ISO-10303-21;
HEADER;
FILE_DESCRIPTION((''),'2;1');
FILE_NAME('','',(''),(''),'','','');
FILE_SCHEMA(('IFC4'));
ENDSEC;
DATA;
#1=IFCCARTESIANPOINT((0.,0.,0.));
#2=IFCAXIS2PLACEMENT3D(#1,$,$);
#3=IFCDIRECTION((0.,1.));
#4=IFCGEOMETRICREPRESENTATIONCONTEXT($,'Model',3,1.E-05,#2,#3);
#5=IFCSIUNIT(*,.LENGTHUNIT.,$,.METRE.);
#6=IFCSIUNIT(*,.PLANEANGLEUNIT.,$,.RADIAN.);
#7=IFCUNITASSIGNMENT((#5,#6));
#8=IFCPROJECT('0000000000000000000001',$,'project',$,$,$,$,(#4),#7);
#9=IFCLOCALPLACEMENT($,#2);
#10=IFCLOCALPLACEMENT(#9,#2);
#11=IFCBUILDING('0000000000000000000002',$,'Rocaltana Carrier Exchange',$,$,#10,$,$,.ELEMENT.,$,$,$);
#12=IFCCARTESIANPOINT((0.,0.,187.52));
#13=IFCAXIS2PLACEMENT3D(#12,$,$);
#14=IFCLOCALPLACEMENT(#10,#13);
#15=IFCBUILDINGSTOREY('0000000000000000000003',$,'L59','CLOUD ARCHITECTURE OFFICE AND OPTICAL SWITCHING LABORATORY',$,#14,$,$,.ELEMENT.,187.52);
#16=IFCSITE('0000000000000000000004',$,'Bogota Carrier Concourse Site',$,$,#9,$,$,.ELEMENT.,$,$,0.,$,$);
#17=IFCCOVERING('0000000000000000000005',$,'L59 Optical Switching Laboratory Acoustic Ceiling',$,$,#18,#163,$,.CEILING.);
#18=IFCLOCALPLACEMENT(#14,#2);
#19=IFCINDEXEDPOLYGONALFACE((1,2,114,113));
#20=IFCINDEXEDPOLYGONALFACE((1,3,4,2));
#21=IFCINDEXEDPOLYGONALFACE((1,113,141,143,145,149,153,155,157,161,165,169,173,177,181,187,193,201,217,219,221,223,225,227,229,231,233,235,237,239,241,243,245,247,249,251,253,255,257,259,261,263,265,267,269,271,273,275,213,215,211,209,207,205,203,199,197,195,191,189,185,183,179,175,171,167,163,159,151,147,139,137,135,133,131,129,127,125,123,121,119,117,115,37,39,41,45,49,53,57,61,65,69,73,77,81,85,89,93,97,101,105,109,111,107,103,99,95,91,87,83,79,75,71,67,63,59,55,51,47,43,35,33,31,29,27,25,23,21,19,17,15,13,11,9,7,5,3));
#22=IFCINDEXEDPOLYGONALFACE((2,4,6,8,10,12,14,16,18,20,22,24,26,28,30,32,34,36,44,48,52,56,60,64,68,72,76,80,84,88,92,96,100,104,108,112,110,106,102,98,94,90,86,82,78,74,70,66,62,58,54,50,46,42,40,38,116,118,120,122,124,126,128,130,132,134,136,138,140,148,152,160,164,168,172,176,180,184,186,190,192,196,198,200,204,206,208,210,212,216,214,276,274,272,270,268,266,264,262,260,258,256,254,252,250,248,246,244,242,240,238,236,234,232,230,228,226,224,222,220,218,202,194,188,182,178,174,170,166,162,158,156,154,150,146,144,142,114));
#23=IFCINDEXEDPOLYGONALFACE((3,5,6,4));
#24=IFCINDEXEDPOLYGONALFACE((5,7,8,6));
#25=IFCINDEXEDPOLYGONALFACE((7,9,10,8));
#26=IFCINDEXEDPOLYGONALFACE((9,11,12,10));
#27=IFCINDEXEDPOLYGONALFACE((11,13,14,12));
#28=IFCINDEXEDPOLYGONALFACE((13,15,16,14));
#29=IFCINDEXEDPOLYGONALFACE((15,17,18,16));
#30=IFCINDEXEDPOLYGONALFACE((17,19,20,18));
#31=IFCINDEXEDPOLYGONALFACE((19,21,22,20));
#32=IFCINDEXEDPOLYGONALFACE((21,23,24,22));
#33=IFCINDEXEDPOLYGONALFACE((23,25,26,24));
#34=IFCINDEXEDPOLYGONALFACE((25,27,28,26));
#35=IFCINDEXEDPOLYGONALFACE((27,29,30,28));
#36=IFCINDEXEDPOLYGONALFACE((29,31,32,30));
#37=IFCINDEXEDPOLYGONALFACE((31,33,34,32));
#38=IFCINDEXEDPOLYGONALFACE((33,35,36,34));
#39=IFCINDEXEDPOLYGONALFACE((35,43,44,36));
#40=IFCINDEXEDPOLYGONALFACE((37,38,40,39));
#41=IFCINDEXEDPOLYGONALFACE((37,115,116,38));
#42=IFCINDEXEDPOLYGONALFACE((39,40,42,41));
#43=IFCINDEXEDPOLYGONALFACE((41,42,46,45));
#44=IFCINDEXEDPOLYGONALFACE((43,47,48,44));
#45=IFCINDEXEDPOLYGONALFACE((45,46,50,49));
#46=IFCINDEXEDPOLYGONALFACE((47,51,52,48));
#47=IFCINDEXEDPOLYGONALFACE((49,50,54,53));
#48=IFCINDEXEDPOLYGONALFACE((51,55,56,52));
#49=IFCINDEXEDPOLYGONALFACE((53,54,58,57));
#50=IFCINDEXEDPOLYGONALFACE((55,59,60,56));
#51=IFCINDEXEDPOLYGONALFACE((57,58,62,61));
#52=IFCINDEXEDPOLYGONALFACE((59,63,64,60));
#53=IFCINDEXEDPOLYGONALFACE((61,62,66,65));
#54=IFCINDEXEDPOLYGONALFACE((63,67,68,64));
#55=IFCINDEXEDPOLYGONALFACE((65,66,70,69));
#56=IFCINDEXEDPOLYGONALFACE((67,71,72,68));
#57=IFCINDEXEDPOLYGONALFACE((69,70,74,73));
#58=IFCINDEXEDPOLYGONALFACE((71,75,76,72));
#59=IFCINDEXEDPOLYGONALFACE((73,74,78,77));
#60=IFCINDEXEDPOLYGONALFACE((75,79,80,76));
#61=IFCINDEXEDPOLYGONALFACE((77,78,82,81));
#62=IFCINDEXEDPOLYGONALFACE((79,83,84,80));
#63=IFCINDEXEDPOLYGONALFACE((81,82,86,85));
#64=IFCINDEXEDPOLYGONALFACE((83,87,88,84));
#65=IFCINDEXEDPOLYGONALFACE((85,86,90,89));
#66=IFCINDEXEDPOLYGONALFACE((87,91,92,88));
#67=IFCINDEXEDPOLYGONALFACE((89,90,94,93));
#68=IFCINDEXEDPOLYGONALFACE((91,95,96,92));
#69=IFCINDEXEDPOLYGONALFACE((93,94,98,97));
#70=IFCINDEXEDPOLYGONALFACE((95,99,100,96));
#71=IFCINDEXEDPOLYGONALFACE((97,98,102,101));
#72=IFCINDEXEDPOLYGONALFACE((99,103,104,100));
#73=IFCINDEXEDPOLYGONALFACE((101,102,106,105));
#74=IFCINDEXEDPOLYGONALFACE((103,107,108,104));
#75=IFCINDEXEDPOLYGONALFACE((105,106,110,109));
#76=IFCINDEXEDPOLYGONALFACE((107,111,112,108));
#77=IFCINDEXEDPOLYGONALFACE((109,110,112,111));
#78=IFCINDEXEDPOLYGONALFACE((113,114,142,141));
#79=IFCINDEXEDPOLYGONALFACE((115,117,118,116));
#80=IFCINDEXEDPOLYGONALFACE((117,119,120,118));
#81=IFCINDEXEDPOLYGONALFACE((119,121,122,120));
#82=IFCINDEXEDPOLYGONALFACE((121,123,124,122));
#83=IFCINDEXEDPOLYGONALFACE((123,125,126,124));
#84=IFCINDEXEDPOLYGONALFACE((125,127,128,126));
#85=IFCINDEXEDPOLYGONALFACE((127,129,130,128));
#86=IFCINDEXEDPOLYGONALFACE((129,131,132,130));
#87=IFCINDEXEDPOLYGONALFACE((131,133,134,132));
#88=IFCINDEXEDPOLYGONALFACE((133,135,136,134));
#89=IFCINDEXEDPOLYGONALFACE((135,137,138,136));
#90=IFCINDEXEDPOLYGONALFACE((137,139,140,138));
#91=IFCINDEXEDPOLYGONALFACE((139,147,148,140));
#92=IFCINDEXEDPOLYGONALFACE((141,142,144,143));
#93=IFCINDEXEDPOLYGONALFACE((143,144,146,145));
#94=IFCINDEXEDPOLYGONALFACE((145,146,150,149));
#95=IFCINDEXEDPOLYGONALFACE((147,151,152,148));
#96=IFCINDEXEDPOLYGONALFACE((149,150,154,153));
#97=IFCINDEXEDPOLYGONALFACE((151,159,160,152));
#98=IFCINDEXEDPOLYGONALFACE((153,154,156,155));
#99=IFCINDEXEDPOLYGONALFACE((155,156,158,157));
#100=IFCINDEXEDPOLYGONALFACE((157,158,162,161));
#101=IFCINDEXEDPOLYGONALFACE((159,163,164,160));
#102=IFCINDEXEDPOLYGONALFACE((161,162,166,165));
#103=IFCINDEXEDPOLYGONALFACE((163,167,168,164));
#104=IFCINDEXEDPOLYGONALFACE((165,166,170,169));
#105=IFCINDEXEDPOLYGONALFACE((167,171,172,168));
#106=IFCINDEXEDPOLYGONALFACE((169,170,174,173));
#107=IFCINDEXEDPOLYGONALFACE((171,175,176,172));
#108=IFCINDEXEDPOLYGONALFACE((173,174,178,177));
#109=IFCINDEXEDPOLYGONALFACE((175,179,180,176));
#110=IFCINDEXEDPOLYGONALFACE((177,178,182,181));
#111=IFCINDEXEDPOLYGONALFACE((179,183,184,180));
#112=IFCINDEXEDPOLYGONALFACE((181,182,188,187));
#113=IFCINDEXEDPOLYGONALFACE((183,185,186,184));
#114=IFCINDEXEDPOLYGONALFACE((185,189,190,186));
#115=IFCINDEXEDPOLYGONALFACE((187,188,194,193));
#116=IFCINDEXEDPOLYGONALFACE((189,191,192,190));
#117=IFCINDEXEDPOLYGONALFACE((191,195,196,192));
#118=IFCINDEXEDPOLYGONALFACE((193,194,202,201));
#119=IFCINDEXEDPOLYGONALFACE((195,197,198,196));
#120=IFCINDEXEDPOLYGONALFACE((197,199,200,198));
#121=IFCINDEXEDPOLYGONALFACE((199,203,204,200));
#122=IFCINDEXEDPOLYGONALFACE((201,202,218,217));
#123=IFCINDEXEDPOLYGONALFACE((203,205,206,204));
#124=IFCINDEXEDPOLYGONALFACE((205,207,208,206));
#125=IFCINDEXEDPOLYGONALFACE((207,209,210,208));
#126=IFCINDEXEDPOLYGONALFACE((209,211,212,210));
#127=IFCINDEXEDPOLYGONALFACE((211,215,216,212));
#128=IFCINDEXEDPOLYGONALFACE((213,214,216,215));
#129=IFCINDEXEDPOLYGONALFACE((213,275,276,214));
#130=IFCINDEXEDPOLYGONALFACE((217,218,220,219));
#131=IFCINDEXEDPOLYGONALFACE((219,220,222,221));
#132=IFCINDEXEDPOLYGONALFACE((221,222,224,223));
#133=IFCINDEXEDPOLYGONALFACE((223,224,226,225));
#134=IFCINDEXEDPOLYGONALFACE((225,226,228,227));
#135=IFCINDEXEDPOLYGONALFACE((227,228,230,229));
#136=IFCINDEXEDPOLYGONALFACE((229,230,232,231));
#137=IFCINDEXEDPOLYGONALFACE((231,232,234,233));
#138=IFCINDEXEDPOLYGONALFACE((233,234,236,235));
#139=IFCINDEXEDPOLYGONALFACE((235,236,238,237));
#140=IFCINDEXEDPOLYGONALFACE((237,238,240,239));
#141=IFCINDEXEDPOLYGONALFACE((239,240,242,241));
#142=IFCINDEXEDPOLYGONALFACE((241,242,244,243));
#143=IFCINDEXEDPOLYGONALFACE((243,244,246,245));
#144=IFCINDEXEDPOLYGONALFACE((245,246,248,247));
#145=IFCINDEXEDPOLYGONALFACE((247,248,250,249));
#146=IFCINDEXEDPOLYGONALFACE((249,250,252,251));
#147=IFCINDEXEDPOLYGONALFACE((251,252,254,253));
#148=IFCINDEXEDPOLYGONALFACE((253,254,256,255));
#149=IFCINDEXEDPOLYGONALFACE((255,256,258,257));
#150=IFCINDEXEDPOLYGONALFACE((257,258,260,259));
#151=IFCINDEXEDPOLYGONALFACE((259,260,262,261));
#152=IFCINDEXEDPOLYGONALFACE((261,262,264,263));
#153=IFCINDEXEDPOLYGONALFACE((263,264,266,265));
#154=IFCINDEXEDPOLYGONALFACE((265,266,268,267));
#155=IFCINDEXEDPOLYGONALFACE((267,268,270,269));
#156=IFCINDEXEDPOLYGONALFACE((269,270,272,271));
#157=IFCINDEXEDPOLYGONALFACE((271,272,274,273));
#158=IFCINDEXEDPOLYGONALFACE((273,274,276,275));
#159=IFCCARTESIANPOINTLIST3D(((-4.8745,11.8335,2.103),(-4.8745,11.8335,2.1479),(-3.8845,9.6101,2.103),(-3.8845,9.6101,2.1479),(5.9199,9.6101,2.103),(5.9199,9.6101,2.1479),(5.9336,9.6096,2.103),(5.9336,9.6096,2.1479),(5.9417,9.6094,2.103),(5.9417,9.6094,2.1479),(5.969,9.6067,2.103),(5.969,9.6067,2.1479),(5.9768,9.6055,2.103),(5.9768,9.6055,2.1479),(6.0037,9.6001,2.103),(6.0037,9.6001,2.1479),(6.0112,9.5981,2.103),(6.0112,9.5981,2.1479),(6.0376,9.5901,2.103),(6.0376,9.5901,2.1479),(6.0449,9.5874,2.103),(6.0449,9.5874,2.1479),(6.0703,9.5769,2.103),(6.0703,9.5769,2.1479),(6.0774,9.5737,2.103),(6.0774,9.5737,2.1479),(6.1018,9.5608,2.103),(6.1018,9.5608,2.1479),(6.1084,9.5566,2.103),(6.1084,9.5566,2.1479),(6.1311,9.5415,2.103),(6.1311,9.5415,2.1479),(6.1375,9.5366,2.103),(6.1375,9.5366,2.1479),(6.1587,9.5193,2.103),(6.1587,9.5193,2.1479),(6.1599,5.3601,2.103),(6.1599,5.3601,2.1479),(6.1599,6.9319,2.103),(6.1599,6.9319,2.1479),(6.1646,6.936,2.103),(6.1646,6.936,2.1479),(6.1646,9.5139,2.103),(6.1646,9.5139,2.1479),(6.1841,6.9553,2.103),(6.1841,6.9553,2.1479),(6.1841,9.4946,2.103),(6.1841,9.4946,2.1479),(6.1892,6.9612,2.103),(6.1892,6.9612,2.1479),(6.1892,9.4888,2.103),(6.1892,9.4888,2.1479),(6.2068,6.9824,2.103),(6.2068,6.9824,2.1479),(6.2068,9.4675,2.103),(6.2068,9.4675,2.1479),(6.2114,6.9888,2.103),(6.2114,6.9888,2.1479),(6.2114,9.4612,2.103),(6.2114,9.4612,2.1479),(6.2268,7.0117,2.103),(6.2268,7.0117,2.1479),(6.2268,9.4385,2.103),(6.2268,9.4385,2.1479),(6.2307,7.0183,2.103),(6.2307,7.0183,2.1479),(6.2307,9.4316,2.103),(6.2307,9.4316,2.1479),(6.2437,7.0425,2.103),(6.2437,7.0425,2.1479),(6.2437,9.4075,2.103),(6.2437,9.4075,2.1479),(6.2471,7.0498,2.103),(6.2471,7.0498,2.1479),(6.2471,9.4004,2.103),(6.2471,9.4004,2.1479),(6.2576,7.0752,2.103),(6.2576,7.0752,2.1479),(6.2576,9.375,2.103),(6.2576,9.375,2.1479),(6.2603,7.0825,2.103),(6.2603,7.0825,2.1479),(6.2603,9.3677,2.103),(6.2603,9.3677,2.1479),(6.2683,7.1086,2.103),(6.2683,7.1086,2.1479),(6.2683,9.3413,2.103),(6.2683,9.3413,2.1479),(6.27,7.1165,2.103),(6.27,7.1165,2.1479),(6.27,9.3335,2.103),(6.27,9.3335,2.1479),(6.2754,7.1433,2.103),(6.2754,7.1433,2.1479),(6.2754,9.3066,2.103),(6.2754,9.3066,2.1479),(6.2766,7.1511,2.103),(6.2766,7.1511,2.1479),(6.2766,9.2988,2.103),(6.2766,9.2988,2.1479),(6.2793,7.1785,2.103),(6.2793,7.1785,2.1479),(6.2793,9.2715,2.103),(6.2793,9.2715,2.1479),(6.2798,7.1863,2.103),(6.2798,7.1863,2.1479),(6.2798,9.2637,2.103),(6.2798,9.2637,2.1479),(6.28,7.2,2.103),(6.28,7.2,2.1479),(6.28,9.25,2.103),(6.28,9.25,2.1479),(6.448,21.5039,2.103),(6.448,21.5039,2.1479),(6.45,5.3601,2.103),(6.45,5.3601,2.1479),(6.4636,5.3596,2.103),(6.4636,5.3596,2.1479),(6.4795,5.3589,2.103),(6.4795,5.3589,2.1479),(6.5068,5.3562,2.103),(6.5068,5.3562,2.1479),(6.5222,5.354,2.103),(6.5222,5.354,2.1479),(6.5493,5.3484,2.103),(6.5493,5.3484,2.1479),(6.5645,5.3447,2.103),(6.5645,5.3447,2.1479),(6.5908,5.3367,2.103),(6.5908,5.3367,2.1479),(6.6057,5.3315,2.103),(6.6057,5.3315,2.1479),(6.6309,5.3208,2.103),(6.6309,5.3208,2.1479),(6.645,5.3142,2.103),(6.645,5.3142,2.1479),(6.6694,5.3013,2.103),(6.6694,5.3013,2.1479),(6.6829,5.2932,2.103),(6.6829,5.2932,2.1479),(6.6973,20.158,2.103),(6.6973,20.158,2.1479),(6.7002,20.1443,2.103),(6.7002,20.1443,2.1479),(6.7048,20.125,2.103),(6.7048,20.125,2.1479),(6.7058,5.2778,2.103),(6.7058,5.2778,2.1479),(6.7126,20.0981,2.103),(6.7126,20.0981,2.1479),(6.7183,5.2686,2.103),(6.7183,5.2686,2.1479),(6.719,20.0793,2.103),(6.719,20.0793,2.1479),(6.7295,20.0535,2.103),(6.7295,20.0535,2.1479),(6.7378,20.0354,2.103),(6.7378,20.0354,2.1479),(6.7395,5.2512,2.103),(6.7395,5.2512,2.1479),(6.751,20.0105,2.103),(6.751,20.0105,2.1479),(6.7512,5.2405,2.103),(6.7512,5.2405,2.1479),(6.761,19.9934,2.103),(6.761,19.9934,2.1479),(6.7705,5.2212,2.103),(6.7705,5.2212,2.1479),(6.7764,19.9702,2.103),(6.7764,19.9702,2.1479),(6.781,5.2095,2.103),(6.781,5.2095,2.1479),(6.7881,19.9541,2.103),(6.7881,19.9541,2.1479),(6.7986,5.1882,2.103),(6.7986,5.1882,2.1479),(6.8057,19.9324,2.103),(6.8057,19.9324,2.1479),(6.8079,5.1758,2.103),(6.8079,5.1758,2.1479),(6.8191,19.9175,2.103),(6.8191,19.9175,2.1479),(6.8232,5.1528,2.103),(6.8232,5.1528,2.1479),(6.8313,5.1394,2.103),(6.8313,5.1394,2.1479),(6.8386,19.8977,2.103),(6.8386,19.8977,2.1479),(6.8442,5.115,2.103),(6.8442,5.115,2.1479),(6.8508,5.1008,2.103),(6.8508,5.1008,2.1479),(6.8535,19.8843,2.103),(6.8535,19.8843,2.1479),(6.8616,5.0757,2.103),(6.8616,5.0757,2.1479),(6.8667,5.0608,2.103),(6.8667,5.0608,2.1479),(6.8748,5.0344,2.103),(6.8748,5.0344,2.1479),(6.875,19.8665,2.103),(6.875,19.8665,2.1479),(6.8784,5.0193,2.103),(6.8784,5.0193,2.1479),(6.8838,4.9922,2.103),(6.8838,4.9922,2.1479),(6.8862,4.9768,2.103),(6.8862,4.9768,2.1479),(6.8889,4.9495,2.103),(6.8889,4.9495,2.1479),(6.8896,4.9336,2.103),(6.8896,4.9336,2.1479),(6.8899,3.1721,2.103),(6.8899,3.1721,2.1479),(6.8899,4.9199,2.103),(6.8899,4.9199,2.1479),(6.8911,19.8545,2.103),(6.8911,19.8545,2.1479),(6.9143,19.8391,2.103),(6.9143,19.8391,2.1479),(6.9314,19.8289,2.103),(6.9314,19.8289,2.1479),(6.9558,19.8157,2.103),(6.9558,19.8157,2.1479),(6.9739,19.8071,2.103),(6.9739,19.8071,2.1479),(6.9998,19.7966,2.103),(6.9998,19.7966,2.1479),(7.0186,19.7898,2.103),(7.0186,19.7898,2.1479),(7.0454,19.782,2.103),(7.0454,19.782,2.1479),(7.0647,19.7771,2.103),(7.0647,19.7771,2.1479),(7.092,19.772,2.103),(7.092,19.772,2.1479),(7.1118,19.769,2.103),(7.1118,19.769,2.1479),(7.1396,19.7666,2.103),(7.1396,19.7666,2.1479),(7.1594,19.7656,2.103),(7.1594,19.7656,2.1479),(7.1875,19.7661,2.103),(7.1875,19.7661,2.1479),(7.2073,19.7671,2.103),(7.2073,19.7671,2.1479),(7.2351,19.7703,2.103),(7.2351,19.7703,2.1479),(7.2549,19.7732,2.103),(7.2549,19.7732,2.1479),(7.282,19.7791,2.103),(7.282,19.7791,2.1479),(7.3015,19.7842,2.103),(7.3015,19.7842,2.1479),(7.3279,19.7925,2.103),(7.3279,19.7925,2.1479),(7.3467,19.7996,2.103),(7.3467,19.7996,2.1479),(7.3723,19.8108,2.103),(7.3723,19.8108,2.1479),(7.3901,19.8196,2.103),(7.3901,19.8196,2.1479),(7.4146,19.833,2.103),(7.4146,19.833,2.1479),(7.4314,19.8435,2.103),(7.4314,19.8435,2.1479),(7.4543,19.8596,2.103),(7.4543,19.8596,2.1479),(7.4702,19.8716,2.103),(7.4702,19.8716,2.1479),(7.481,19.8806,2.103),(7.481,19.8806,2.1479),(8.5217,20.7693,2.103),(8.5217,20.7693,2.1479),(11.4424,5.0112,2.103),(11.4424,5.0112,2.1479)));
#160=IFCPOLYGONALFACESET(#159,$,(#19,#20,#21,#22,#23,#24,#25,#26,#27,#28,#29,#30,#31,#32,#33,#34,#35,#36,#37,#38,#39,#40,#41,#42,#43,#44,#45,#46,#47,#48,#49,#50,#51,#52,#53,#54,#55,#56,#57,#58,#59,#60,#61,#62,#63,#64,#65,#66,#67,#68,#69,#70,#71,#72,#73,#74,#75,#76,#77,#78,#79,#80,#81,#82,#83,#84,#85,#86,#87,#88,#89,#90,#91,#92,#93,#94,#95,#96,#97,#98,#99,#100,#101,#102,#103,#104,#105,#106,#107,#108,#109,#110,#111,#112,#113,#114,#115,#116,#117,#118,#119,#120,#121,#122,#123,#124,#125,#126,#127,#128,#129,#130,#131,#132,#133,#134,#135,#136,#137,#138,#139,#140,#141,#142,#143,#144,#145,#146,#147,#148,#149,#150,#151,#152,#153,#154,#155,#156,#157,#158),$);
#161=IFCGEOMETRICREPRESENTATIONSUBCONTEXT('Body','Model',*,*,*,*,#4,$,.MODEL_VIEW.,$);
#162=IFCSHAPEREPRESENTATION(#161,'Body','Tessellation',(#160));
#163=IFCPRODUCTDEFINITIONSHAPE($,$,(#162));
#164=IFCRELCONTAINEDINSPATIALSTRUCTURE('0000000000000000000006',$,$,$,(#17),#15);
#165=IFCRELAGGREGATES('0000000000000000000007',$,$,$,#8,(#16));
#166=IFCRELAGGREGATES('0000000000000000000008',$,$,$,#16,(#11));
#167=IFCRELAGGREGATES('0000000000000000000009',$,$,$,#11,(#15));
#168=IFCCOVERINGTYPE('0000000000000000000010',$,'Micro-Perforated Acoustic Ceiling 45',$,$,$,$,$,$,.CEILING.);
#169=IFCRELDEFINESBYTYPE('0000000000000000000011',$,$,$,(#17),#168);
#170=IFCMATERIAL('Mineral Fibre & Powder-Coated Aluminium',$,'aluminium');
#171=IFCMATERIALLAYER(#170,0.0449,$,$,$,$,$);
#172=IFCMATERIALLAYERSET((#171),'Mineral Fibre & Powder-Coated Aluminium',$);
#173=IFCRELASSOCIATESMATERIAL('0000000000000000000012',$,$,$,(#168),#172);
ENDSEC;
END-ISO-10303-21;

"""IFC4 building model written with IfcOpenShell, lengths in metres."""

from ifc_helpers import new_model, si_unit, direction, frame, origin, place, context, subcontext, project, spatial, polyline, outline, extrude, material, layer, layer_set, type_object, element, save


model = new_model("IFC4")

# Units and contexts
model_context = context("Model", 3, precision=1e-05, world=origin(), true_north=direction((0.0, 1.0)))
body_context = subcontext(model_context, "Body", "Model", "MODEL_VIEW")
ifc_project = project(units=[si_unit("LENGTHUNIT", "METRE"), si_unit("PLANEANGLEUNIT", "RADIAN")], contexts=[model_context])

# Site, building, storey
site_placement = place(None, origin())
site = spatial("IfcSite", under=ifc_project, at=site_placement, Name="Bogota Carrier Concourse Site", CompositionType="ELEMENT", RefElevation=0.0)
building_placement = place(site_placement, origin())
building = spatial("IfcBuilding", under=site, at=building_placement, Name="Rocaltana Carrier Exchange", CompositionType="ELEMENT")
storey_placement = place(building_placement, frame((0.0, 0.0, 187.52)))
storey = spatial("IfcBuildingStorey", under=building, at=storey_placement, Name="L59", Description="CLOUD ARCHITECTURE OFFICE AND OPTICAL SWITCHING LABORATORY", CompositionType="ELEMENT", Elevation=187.52)

# Covering
ifc_material_1 = material(Name="Mineral Fibre & Powder-Coated Aluminium", Category="aluminium")
ifc_layer_1 = layer(ifc_material_1, 0.0449)
ifc_layer_set_1 = layer_set([ifc_layer_1], Name="Mineral Fibre & Powder-Coated Aluminium")
covering_type_1 = type_object("IfcCoveringType", Name="Micro-Perforated Acoustic Ceiling 45", PredefinedType="CEILING", material=ifc_layer_set_1)
covering_1_placement = place(storey_placement, frame((0.0, 0.0, 2.103)))
element("IfcCovering", 1, at=covering_1_placement, inside=storey, type_object=covering_type_1, Name="L59 Optical Switching Laboratory Acoustic Ceiling", PredefinedType="CEILING", context=body_context, shape_type="SweptSolid", body=[
    extrude(outline(polyline([(6.1599, 6.9319), (6.1646, 6.936), (6.1841, 6.9553), (6.1892, 6.9612), (6.2068, 6.9824), (6.2114, 6.9888), (6.2268, 7.0117), (6.2307, 7.0183), (6.2437, 7.0425), (6.2471, 7.0498), (6.2576, 7.0752), (6.2603, 7.0825), (6.2683, 7.1086), (6.27, 7.1165), (6.2754, 7.1433), (6.2766, 7.1511), (6.2793, 7.1785), (6.2798, 7.1863), (6.28, 7.2), (6.28, 9.25), (6.2798, 9.2637), (6.2793, 9.2715), (6.2766, 9.2988), (6.2754, 9.3066), (6.27, 9.3335), (6.2683, 9.3413), (6.2603, 9.3677), (6.2576, 9.375), (6.2471, 9.4004), (6.2437, 9.4075), (6.2307, 9.4316), (6.2268, 9.4385), (6.2114, 9.4612), (6.2068, 9.4675), (6.1892, 9.4888), (6.1841, 9.4946), (6.1646, 9.5139), (6.1587, 9.5193), (6.1375, 9.5366), (6.1311, 9.5415), (6.1084, 9.5566), (6.1018, 9.5608), (6.0774, 9.5737), (6.0703, 9.5769), (6.0449, 9.5874), (6.0376, 9.5901), (6.0112, 9.5981), (6.0037, 9.6001), (5.9768, 9.6055), (5.969, 9.6067), (5.9417, 9.6094), (5.9336, 9.6096), (5.9199, 9.6101), (-3.8845, 9.6101), (-4.8745, 11.8335), (6.448, 21.5039), (6.6973, 20.158), (6.7002, 20.1443), (6.7048, 20.125), (6.7126, 20.0981), (6.719, 20.0793), (6.7295, 20.0535), (6.7378, 20.0354), (6.751, 20.0105), (6.761, 19.9934), (6.7764, 19.9702), (6.7881, 19.9541), (6.8057, 19.9324), (6.8191, 19.9175), (6.8386, 19.8977), (6.8535, 19.8843), (6.875, 19.8665), (6.8911, 19.8545), (6.9143, 19.8391), (6.9314, 19.8289), (6.9558, 19.8157), (6.9739, 19.8071), (6.9998, 19.7966), (7.0186, 19.7898), (7.0454, 19.782), (7.0647, 19.7771), (7.092, 19.772), (7.1118, 19.769), (7.1396, 19.7666), (7.1594, 19.7656), (7.1875, 19.7661), (7.2073, 19.7671), (7.2351, 19.7703), (7.2549, 19.7732), (7.282, 19.7791), (7.3015, 19.7842), (7.3279, 19.7925), (7.3467, 19.7996), (7.3723, 19.8108), (7.3901, 19.8196), (7.4146, 19.833), (7.4314, 19.8435), (7.4543, 19.8596), (7.4702, 19.8716), (7.481, 19.8806), (8.5217, 20.7693), (11.4424, 5.0112), (6.8899, 3.1721), (6.8899, 4.9199), (6.8896, 4.9336), (6.8889, 4.9495), (6.8862, 4.9768), (6.8838, 4.9922), (6.8784, 5.0193), (6.8748, 5.0344), (6.8667, 5.0608), (6.8616, 5.0757), (6.8508, 5.1008), (6.8442, 5.115), (6.8313, 5.1394), (6.8232, 5.1528), (6.8079, 5.1758), (6.7986, 5.1882), (6.781, 5.2095), (6.7705, 5.2212), (6.7512, 5.2405), (6.7395, 5.2512), (6.7183, 5.2686), (6.7058, 5.2778), (6.6829, 5.2932), (6.6694, 5.3013), (6.645, 5.3142), (6.6309, 5.3208), (6.6057, 5.3315), (6.5908, 5.3367), (6.5645, 5.3447), (6.5493, 5.3484), (6.5222, 5.354), (6.5068, 5.3562), (6.4795, 5.3589), (6.4636, 5.3596), (6.45, 5.3601), (6.1599, 5.3601), (6.1599, 6.9319)])), origin(), (0.0, 0.0, 1.0), 0.0449),
])

save(model, "model.ifc")
